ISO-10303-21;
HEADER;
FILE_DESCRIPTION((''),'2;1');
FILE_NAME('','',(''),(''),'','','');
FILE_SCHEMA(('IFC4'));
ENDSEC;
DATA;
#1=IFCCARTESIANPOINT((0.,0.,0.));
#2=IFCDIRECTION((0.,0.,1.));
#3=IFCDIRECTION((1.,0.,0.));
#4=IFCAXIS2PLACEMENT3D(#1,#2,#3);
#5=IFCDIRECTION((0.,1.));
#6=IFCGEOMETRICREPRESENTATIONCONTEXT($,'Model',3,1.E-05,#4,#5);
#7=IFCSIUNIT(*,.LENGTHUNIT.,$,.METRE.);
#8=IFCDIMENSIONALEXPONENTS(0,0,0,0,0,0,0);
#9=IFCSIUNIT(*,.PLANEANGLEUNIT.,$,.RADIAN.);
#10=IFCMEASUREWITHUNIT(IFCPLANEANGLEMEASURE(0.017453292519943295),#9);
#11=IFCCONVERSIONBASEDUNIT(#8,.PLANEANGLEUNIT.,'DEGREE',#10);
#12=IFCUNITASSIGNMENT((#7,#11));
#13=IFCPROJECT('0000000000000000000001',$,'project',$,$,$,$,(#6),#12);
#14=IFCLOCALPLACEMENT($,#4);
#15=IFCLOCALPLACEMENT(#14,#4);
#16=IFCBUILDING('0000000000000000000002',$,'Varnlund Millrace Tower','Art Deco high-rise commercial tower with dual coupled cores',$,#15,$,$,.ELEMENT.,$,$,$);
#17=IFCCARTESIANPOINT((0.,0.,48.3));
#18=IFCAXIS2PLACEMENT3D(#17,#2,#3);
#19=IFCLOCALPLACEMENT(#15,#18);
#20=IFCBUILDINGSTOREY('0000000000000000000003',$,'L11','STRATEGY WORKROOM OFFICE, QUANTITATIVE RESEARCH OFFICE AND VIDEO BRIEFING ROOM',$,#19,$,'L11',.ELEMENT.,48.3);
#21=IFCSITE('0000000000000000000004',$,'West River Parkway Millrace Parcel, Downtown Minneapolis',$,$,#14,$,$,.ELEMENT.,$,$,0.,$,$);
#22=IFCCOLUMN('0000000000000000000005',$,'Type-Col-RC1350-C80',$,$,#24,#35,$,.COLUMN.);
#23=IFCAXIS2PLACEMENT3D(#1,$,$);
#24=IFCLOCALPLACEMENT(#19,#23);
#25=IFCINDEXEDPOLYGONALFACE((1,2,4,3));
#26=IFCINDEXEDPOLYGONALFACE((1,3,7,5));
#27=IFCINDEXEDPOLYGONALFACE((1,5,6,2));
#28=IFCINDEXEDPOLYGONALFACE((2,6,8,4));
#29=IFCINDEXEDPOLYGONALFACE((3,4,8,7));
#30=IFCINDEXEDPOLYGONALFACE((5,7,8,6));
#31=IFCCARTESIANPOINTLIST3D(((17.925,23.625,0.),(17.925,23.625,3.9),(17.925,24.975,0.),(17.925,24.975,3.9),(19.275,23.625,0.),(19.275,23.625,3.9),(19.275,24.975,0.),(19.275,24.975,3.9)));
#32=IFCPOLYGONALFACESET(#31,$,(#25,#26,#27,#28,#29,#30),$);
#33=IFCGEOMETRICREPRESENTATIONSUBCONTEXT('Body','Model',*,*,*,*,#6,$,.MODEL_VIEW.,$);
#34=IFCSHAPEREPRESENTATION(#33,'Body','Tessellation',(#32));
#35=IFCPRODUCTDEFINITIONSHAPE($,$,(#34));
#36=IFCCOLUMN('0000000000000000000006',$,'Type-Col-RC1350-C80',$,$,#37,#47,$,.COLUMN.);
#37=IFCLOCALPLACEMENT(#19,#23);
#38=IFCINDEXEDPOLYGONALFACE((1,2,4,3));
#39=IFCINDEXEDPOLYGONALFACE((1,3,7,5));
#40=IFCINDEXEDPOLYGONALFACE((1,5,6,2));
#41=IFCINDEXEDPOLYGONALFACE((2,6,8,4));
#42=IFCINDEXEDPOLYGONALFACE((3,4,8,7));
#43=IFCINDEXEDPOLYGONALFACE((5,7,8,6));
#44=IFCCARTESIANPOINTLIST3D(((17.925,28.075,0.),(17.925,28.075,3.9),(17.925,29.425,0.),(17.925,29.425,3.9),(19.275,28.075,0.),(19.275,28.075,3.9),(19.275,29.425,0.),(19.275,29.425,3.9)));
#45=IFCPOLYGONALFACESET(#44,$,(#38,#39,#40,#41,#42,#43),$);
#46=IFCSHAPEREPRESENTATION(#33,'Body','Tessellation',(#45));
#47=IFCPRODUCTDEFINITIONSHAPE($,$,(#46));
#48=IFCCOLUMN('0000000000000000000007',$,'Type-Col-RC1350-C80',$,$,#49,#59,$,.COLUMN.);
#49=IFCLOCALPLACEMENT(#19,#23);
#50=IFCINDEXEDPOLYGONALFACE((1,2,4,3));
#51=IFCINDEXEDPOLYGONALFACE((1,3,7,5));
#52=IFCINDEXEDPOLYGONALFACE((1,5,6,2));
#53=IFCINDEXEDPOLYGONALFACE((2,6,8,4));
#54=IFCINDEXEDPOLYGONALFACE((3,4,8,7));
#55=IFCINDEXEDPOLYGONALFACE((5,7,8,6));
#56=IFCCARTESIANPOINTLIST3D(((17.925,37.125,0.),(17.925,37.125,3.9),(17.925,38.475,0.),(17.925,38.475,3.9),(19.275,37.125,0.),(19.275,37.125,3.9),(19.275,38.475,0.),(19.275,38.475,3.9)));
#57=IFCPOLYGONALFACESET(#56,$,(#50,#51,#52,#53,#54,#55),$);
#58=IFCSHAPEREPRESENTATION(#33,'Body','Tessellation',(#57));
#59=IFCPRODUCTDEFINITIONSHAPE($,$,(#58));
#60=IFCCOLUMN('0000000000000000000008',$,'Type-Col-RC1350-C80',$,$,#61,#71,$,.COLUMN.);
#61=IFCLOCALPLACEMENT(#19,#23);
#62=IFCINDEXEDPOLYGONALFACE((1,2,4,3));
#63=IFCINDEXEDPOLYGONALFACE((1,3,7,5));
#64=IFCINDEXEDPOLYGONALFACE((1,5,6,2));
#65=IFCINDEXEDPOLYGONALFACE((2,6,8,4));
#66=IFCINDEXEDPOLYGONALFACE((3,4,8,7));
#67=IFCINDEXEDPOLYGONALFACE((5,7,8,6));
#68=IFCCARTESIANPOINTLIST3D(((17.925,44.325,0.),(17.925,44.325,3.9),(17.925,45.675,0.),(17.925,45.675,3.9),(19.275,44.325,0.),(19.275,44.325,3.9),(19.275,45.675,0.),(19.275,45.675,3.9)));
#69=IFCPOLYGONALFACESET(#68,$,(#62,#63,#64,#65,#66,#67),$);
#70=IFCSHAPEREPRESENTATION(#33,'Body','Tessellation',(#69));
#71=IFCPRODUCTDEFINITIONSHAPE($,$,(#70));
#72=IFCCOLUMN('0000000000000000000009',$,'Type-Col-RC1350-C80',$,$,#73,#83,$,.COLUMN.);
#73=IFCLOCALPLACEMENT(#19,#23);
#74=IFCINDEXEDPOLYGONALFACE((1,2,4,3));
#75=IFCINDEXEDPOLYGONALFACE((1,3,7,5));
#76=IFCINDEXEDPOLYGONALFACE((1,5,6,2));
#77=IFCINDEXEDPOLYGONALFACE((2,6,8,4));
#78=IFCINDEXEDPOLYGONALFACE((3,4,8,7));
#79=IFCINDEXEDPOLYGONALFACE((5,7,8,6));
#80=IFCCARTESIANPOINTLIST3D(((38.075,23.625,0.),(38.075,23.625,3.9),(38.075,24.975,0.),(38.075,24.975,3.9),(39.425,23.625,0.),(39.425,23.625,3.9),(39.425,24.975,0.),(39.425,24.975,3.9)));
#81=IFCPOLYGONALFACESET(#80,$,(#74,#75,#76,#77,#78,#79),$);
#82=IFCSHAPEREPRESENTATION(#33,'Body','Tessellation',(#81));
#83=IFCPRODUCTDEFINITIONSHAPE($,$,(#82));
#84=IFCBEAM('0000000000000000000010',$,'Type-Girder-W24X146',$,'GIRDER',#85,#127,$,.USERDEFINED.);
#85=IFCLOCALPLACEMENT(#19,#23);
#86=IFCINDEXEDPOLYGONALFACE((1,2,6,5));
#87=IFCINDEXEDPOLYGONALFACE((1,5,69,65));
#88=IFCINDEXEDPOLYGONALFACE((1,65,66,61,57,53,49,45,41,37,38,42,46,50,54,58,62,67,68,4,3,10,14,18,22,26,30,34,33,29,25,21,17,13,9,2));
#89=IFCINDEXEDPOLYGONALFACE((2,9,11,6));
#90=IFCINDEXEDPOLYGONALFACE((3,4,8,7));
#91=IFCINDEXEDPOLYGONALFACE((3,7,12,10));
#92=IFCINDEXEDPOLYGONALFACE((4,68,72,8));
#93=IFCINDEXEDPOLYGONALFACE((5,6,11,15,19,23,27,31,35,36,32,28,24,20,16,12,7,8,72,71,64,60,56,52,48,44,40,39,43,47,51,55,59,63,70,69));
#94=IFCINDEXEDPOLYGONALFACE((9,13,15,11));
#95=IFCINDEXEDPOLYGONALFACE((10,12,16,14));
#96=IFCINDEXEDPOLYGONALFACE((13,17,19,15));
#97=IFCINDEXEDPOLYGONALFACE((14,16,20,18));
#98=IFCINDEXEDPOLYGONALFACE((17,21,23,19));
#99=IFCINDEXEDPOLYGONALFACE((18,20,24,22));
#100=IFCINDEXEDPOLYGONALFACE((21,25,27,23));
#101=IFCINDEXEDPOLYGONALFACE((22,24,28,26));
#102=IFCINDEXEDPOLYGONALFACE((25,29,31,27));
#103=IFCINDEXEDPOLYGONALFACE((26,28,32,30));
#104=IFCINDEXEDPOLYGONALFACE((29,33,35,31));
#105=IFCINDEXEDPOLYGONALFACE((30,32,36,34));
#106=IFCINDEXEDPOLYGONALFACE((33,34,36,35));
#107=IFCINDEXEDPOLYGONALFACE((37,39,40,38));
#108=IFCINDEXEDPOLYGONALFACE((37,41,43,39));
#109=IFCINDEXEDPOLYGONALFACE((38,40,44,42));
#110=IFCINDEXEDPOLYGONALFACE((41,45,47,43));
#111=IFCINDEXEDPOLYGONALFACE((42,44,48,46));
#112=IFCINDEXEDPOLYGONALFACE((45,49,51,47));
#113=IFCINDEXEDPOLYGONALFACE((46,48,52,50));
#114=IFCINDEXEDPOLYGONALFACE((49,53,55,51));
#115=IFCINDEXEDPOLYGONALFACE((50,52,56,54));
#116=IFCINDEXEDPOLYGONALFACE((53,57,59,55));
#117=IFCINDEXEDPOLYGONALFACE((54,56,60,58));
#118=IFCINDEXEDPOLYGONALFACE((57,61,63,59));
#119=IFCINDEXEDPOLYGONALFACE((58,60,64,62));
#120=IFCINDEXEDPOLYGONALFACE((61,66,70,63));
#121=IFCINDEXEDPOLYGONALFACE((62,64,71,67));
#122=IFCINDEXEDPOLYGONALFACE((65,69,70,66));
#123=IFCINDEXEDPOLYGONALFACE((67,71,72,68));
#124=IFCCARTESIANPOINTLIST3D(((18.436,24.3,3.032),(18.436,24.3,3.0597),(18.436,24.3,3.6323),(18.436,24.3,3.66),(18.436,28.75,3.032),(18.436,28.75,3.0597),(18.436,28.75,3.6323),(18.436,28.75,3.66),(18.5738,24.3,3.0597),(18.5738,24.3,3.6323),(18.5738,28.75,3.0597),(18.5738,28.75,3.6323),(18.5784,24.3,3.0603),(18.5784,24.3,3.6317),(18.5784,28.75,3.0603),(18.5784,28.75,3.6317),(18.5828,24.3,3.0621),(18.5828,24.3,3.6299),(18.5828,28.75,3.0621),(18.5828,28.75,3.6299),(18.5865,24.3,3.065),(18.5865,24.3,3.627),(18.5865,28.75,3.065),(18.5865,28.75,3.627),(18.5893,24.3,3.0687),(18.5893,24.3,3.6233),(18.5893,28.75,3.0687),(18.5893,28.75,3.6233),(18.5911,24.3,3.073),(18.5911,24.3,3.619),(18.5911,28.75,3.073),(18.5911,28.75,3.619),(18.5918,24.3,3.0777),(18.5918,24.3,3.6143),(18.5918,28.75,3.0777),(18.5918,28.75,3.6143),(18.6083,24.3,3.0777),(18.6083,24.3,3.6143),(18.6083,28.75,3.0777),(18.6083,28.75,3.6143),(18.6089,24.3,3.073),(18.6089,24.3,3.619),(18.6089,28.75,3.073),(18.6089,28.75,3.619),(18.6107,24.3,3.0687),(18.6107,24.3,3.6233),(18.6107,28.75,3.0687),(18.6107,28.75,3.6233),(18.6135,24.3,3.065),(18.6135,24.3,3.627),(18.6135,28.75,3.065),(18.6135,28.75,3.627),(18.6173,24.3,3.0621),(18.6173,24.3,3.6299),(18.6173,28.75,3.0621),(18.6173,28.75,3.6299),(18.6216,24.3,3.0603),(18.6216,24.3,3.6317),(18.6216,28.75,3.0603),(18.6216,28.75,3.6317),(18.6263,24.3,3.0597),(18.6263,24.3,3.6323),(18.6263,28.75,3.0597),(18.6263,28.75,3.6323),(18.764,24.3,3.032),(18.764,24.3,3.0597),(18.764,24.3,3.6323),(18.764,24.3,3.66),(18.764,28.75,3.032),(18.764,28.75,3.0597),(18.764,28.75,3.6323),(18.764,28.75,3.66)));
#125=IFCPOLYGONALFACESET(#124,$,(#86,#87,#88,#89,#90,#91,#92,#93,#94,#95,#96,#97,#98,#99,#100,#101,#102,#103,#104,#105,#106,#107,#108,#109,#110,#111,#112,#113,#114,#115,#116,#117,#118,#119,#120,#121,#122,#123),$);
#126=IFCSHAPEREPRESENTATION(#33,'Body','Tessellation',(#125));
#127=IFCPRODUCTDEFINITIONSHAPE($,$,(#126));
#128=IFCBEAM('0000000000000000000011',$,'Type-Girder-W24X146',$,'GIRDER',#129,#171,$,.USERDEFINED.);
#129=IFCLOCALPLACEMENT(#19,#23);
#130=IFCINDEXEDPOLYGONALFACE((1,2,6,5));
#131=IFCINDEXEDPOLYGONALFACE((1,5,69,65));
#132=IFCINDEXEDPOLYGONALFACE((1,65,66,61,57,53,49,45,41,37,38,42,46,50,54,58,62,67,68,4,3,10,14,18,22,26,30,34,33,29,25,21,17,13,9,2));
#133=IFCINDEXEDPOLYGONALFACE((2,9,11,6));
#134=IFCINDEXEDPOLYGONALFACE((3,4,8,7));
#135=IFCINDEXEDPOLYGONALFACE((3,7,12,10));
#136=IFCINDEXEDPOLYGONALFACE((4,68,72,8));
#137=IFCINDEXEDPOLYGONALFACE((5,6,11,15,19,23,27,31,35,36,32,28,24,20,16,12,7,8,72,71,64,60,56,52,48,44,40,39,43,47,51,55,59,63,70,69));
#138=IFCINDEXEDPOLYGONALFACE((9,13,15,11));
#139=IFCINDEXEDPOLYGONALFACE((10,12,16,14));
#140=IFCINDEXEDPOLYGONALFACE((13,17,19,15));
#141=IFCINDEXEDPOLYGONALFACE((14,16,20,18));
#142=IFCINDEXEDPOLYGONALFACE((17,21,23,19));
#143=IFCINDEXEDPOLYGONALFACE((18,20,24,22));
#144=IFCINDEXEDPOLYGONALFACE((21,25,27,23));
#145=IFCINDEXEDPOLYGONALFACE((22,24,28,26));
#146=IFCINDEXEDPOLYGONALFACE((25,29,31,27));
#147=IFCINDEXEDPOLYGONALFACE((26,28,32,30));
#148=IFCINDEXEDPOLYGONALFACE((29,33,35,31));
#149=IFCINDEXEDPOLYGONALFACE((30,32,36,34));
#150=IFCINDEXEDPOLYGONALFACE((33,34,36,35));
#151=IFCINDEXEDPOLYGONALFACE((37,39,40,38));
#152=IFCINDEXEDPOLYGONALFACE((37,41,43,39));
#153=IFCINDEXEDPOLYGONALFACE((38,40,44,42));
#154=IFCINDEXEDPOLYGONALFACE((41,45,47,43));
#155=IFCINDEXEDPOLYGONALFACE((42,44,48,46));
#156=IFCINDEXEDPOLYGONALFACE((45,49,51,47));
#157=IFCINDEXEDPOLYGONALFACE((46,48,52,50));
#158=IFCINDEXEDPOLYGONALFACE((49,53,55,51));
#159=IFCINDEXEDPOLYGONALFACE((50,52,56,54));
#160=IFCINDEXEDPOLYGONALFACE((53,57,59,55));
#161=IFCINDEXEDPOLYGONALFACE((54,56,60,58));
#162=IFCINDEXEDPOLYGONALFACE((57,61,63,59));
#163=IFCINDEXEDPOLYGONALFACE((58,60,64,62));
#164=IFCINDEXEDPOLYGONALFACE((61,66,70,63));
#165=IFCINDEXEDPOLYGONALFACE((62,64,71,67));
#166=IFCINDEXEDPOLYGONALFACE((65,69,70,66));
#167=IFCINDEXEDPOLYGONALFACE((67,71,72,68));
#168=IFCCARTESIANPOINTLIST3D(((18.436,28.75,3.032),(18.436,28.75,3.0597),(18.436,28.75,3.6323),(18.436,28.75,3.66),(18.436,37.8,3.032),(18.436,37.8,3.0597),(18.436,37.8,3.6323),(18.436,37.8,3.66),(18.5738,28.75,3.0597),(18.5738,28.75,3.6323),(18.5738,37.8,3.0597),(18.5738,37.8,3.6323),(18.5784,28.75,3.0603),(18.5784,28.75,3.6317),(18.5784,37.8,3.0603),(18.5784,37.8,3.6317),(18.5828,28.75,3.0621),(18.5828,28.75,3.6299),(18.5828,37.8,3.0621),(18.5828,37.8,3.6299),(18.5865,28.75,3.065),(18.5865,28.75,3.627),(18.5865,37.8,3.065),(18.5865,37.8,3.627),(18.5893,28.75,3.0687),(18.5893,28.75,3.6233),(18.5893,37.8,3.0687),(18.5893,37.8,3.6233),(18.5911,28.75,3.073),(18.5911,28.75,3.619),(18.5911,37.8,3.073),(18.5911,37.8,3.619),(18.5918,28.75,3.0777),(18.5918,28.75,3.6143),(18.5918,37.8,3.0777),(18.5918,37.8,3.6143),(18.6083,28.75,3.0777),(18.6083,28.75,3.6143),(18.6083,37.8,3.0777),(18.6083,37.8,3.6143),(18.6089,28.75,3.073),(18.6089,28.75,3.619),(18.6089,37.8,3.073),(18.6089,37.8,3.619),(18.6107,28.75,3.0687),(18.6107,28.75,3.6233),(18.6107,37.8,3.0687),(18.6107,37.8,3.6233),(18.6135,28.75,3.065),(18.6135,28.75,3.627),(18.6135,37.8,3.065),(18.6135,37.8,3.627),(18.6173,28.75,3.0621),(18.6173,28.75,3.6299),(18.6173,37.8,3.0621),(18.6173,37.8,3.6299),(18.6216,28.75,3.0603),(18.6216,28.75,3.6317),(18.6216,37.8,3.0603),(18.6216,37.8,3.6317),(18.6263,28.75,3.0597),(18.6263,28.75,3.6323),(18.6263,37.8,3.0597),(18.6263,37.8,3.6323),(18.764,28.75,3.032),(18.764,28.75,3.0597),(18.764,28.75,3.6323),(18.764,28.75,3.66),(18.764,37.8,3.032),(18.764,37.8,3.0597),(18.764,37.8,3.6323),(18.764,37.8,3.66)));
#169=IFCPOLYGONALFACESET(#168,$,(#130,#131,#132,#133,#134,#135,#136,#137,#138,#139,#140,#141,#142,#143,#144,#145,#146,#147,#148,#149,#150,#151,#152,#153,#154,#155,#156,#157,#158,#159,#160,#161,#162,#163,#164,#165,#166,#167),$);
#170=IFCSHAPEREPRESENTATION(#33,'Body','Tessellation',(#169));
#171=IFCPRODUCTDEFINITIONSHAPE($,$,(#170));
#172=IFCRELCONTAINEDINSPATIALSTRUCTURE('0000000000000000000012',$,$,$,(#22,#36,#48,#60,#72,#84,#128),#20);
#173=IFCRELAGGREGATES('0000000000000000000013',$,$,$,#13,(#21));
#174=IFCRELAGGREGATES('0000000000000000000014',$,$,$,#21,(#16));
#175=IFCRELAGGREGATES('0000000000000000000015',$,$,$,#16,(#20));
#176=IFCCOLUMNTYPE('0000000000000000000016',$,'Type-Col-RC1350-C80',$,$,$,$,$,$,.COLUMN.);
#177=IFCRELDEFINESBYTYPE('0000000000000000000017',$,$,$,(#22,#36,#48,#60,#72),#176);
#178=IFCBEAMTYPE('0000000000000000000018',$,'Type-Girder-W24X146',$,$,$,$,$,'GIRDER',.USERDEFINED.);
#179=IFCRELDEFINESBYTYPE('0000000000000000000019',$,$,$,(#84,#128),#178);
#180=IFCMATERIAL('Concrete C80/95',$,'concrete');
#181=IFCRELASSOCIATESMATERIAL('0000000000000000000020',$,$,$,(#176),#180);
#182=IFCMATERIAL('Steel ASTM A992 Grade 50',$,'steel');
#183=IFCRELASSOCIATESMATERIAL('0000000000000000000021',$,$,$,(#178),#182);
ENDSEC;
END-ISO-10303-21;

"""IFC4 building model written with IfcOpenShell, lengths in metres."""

from ifc_helpers import new_model, entity, si_unit, converted_unit, direction, frame, origin_with_axes, origin_2d_with_axis, place, context, subcontext, project, spatial, rectangle, i_section, extrude, material, material_profile, profile_set, type_object, element, save


model = new_model("IFC4")

# Units and contexts
model_context = context("Model", 3, precision=1e-05, world=origin_with_axes(), true_north=direction((0.0, 1.0)))
body_context = subcontext(model_context, "Body", "Model", "MODEL_VIEW")
ifc_project = project(units=[si_unit("LENGTHUNIT", "METRE"), converted_unit("PLANEANGLEUNIT", "DEGREE", entity("IfcPlaneAngleMeasure", 0.017453292519943295), si_unit("PLANEANGLEUNIT", "RADIAN"), dimensions=[0, 0, 0, 0, 0, 0, 0])], contexts=[model_context])

# Site, building, storey
site_placement = place(None, origin_with_axes())
site = spatial("IfcSite", under=ifc_project, at=site_placement, Name="West River Parkway Millrace Parcel, Downtown Minneapolis", CompositionType="ELEMENT", RefElevation=0.0)
building_placement = place(site_placement, origin_with_axes())
building = spatial("IfcBuilding", under=site, at=building_placement, Name="Varnlund Millrace Tower", Description="Art Deco high-rise commercial tower with dual coupled cores", CompositionType="ELEMENT")
storey_placement = place(building_placement, frame((0.0, 0.0, 48.3), z_axis=(0.0, 0.0, 1.0), x_axis=(1.0, 0.0, 0.0)))
storey = spatial("IfcBuildingStorey", under=building, at=storey_placement, Name="L11", Description="STRATEGY WORKROOM OFFICE, QUANTITATIVE RESEARCH OFFICE AND VIDEO BRIEFING ROOM", LongName="L11", CompositionType="ELEMENT", Elevation=48.3)

# Columns
ifc_material_1 = material(Name="Concrete C80/95", Category="concrete")
ifc_material_profile_1 = material_profile(ifc_material_1, rectangle(XDim=1.35, YDim=1.35, at=origin_2d_with_axis()), Name="Concrete C80/95")
ifc_profile_set_1 = profile_set([ifc_material_profile_1], Name="Concrete C80/95")
column_type = type_object("IfcColumnType", Name="Type-Col-RC1350-C80", PredefinedType="COLUMN", material=ifc_profile_set_1)
for number, where, z_axis, x_axis, name in (
    (1, (18.6, 24.3, 0.0), (0.0, 0.0, 1.0), (1.0, 0.0, 0.0), "Type-Col-RC1350-C80"),
    (2, (18.6, 28.75, 0.0), (0.0, 0.0, 1.0), (1.0, 0.0, 0.0), "Type-Col-RC1350-C80"),
    (3, (18.6, 37.8, 0.0), (0.0, 0.0, 1.0), (1.0, 0.0, 0.0), "Type-Col-RC1350-C80"),
    (4, (18.6, 45.0, 0.0), (0.0, 0.0, 1.0), (1.0, 0.0, 0.0), "Type-Col-RC1350-C80"),
    (5, (38.75, 24.3, 0.0), (0.0, 0.0, 1.0), (1.0, 0.0, 0.0), "Type-Col-RC1350-C80"),
):
    element("IfcColumn", number, at=place(storey_placement, frame(where, z_axis=z_axis, x_axis=x_axis)), inside=storey, type_object=column_type, Name=name, PredefinedType="COLUMN", context=body_context, shape_type="SweptSolid", body=[
        extrude(rectangle(XDim=1.35, YDim=1.35, at=origin_2d_with_axis()), origin_with_axes(), (0.0, 0.0, 1.0), 3.9),
    ])

# Beams
ifc_material_2 = material(Name="Steel ASTM A992 Grade 50", Category="steel")
ifc_material_profile_2 = material_profile(ifc_material_2, i_section(OverallWidth=0.328, OverallDepth=0.628, WebThickness=0.0165, FlangeThickness=0.0277, FilletRadius=0.018, at=origin_2d_with_axis()), Name="Steel ASTM A992 Grade 50")
ifc_profile_set_2 = profile_set([ifc_material_profile_2], Name="Steel ASTM A992 Grade 50")
beam_type_1 = type_object("IfcBeamType", Name="Type-Girder-W24X146", ElementType="GIRDER", PredefinedType="USERDEFINED", material=ifc_profile_set_2)
beam_1_placement = place(storey_placement, frame((18.6, 24.3, 3.346), z_axis=(0.0, 1.0, 0.0), x_axis=(-1.0, 0.0, 0.0)))
element("IfcBeam", 6, at=beam_1_placement, inside=storey, type_object=beam_type_1, Name="Type-Girder-W24X146", ObjectType="GIRDER", PredefinedType="USERDEFINED", context=body_context, shape_type="SweptSolid", body=[
    extrude(i_section(OverallWidth=0.328, OverallDepth=0.628, WebThickness=0.0165, FlangeThickness=0.0277, FilletRadius=0.018, at=origin_2d_with_axis()), origin_with_axes(), (0.0, 0.0, 1.0), 4.45),
])
beam_2_placement = place(storey_placement, frame((18.6, 28.75, 3.346), z_axis=(0.0, 1.0, 0.0), x_axis=(-1.0, 0.0, 0.0)))
element("IfcBeam", 7, at=beam_2_placement, inside=storey, type_object=beam_type_1, Name="Type-Girder-W24X146", ObjectType="GIRDER", PredefinedType="USERDEFINED", context=body_context, shape_type="SweptSolid", body=[
    extrude(i_section(OverallWidth=0.328, OverallDepth=0.628, WebThickness=0.0165, FlangeThickness=0.0277, FilletRadius=0.018, at=origin_2d_with_axis()), origin_with_axes(), (0.0, 0.0, 1.0), 9.05),
])

save(model, "model.ifc")
